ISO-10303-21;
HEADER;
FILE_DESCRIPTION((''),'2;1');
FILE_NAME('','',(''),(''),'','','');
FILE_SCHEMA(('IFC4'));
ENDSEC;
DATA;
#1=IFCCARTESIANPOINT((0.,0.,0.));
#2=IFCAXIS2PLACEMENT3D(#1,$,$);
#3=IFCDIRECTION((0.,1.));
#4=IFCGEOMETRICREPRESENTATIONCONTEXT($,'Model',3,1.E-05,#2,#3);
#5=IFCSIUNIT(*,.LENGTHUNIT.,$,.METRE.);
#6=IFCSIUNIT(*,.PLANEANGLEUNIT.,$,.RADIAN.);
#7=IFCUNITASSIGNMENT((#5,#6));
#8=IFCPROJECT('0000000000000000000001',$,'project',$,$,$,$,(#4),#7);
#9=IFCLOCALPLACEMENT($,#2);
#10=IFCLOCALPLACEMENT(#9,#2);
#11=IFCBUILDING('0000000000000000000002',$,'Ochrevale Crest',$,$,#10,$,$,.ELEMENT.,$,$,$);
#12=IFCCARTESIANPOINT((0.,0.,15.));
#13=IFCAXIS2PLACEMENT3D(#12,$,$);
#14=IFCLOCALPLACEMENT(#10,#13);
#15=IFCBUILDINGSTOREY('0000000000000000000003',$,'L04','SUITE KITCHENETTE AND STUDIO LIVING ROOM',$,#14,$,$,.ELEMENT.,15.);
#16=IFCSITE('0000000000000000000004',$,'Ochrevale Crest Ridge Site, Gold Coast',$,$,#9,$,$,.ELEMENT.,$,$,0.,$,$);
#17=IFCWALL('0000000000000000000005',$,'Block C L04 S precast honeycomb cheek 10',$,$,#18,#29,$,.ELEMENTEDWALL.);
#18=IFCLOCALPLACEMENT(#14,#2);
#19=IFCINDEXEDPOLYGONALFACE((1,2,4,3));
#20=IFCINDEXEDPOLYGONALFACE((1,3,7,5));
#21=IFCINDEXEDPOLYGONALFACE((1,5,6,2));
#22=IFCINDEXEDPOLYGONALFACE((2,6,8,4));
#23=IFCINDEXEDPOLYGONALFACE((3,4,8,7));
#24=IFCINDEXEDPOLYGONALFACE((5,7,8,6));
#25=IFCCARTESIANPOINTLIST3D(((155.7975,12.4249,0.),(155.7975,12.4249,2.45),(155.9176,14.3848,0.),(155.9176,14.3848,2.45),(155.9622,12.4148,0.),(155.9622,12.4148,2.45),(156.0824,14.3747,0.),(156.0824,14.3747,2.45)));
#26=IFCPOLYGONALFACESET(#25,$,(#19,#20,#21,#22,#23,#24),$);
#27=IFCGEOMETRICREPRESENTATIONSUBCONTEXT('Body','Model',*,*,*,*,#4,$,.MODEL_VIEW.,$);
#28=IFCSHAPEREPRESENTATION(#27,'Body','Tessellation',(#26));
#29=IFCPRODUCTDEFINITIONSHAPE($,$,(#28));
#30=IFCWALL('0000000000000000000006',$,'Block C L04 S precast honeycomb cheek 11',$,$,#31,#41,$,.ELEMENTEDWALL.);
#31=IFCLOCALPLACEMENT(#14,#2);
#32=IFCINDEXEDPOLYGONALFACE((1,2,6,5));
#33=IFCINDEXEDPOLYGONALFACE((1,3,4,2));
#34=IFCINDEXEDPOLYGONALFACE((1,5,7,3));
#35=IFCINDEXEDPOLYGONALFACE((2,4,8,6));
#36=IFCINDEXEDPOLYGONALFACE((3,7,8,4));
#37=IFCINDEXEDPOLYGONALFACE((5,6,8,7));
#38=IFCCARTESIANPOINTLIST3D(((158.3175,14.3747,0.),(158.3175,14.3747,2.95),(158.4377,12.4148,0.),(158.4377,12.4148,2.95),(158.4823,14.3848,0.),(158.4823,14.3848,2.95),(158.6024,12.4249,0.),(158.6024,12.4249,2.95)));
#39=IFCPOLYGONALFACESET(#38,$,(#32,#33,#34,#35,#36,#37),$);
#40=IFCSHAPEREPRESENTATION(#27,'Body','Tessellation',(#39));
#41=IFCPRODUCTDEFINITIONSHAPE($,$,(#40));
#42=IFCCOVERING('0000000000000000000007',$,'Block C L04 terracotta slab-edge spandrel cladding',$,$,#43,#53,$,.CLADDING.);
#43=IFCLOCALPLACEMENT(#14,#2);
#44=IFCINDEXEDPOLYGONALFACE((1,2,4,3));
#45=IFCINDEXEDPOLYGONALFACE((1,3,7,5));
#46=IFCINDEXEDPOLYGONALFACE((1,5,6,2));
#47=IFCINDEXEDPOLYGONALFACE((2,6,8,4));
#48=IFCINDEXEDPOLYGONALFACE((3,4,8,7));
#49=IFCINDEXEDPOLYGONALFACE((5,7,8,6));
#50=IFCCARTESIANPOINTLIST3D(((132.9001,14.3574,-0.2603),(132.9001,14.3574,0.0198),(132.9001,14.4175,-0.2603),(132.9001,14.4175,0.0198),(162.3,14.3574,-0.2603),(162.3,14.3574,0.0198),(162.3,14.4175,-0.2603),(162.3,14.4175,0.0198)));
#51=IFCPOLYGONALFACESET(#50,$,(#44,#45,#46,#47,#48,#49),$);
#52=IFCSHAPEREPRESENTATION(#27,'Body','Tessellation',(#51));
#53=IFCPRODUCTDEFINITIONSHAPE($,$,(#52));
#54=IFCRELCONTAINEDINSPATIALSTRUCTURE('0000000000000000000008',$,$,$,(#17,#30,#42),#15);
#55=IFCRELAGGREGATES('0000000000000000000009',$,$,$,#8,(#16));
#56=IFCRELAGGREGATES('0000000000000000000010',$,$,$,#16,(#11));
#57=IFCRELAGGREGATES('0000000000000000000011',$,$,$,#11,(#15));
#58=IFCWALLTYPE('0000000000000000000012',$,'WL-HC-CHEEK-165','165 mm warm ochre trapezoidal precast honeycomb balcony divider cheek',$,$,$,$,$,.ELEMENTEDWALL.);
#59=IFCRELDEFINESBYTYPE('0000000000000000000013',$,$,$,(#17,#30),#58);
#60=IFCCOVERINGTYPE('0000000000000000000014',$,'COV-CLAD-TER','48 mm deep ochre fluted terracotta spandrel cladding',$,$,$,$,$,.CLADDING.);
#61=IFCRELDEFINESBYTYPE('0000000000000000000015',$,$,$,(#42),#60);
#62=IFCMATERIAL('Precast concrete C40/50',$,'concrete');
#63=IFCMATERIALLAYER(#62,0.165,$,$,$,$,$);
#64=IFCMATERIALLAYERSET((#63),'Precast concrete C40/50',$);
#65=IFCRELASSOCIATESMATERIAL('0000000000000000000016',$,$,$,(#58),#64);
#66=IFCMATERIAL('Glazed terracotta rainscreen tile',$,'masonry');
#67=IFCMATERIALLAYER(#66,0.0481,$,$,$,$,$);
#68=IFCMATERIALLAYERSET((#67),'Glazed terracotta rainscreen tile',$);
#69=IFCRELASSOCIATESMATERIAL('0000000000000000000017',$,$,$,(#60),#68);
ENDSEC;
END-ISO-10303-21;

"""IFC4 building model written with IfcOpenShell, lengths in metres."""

from ifc_helpers import new_model, si_unit, direction, frame, frame_2d, origin, origin_2d, place, context, subcontext, project, spatial, rectangle, extrude, material, layer, layer_set, type_object, element, save


model = new_model("IFC4")

# Units and contexts
model_context = context("Model", 3, precision=1e-05, world=origin(), true_north=direction((0.0, 1.0)))
body_context = subcontext(model_context, "Body", "Model", "MODEL_VIEW")
ifc_project = project(units=[si_unit("LENGTHUNIT", "METRE"), si_unit("PLANEANGLEUNIT", "RADIAN")], contexts=[model_context])

# Site, building, storey
site_placement = place(None, origin())
site = spatial("IfcSite", under=ifc_project, at=site_placement, Name="Ochrevale Crest Ridge Site, Gold Coast", CompositionType="ELEMENT", RefElevation=0.0)
building_placement = place(site_placement, origin())
building = spatial("IfcBuilding", under=site, at=building_placement, Name="Ochrevale Crest", CompositionType="ELEMENT")
storey_placement = place(building_placement, frame((0.0, 0.0, 15.0)))
storey = spatial("IfcBuildingStorey", under=building, at=storey_placement, Name="L04", Description="SUITE KITCHENETTE AND STUDIO LIVING ROOM", CompositionType="ELEMENT", Elevation=15.0)

# Shared definitions
ifc_material_1 = material(Name="Precast concrete C40/50", Category="concrete")

# Walls
ifc_layer_1 = layer(ifc_material_1, 0.165)
ifc_layer_set_1 = layer_set([ifc_layer_1], Name="Precast concrete C40/50")
wall_type = type_object("IfcWallType", Name="WL-HC-CHEEK-165", Description="165 mm warm ochre trapezoidal precast honeycomb balcony divider cheek", PredefinedType="ELEMENTEDWALL", material=ifc_layer_set_1)
for number, where, z_axis, x_axis, name in (
    (1, (156.0, 14.3799, 0.0), (0.0, 0.0, 1.0), (-0.061171, -0.998127, 0.0), "Block C L04 S precast honeycomb cheek 10"),
):
    element("IfcWall", number, at=place(storey_placement, frame(where, z_axis=z_axis, x_axis=x_axis)), inside=storey, type_object=wall_type, Name=name, PredefinedType="ELEMENTEDWALL", context=body_context, shape_type="SweptSolid", body=[
        extrude(rectangle(XDim=1.9636, YDim=0.165, at=frame_2d((0.9819, 0.0))), origin(), (0.0, 0.0, 1.0), 2.45),
    ])
wall_1_placement = place(storey_placement, frame((158.3999, 14.3799, 0.0), z_axis=(0.0, 0.0, 1.0), x_axis=(0.061171, -0.998127, 0.0)))
element("IfcWall", 2, at=wall_1_placement, inside=storey, type_object=wall_type, Name="Block C L04 S precast honeycomb cheek 11", PredefinedType="ELEMENTEDWALL", context=body_context, shape_type="SweptSolid", body=[
    extrude(rectangle(XDim=1.9636, YDim=0.165, at=frame_2d((0.9819, 0.0))), origin(), (0.0, 0.0, 1.0), 2.95),
])

# Covering
ifc_material_2 = material(Name="Glazed terracotta rainscreen tile", Category="masonry")
ifc_layer_2 = layer(ifc_material_2, 0.0481)
ifc_layer_set_2 = layer_set([ifc_layer_2], Name="Glazed terracotta rainscreen tile")
covering_type = type_object("IfcCoveringType", Name="COV-CLAD-TER", Description="48 mm deep ochre fluted terracotta spandrel cladding", PredefinedType="CLADDING", material=ifc_layer_set_2)
covering_placement = place(storey_placement, frame((147.6001, 14.3875, -0.2603), z_axis=(0.0, 0.0, 1.0), x_axis=(1.0, 0.0, 0.0)))
element("IfcCovering", 3, at=covering_placement, inside=storey, type_object=covering_type, Name="Block C L04 terracotta slab-edge spandrel cladding", PredefinedType="CLADDING", context=body_context, shape_type="SweptSolid", body=[
    extrude(rectangle(XDim=29.3999, YDim=0.0601, at=origin_2d()), origin(), (0.0, 0.0, 1.0), 0.28),
])

save(model, "model.ifc")
